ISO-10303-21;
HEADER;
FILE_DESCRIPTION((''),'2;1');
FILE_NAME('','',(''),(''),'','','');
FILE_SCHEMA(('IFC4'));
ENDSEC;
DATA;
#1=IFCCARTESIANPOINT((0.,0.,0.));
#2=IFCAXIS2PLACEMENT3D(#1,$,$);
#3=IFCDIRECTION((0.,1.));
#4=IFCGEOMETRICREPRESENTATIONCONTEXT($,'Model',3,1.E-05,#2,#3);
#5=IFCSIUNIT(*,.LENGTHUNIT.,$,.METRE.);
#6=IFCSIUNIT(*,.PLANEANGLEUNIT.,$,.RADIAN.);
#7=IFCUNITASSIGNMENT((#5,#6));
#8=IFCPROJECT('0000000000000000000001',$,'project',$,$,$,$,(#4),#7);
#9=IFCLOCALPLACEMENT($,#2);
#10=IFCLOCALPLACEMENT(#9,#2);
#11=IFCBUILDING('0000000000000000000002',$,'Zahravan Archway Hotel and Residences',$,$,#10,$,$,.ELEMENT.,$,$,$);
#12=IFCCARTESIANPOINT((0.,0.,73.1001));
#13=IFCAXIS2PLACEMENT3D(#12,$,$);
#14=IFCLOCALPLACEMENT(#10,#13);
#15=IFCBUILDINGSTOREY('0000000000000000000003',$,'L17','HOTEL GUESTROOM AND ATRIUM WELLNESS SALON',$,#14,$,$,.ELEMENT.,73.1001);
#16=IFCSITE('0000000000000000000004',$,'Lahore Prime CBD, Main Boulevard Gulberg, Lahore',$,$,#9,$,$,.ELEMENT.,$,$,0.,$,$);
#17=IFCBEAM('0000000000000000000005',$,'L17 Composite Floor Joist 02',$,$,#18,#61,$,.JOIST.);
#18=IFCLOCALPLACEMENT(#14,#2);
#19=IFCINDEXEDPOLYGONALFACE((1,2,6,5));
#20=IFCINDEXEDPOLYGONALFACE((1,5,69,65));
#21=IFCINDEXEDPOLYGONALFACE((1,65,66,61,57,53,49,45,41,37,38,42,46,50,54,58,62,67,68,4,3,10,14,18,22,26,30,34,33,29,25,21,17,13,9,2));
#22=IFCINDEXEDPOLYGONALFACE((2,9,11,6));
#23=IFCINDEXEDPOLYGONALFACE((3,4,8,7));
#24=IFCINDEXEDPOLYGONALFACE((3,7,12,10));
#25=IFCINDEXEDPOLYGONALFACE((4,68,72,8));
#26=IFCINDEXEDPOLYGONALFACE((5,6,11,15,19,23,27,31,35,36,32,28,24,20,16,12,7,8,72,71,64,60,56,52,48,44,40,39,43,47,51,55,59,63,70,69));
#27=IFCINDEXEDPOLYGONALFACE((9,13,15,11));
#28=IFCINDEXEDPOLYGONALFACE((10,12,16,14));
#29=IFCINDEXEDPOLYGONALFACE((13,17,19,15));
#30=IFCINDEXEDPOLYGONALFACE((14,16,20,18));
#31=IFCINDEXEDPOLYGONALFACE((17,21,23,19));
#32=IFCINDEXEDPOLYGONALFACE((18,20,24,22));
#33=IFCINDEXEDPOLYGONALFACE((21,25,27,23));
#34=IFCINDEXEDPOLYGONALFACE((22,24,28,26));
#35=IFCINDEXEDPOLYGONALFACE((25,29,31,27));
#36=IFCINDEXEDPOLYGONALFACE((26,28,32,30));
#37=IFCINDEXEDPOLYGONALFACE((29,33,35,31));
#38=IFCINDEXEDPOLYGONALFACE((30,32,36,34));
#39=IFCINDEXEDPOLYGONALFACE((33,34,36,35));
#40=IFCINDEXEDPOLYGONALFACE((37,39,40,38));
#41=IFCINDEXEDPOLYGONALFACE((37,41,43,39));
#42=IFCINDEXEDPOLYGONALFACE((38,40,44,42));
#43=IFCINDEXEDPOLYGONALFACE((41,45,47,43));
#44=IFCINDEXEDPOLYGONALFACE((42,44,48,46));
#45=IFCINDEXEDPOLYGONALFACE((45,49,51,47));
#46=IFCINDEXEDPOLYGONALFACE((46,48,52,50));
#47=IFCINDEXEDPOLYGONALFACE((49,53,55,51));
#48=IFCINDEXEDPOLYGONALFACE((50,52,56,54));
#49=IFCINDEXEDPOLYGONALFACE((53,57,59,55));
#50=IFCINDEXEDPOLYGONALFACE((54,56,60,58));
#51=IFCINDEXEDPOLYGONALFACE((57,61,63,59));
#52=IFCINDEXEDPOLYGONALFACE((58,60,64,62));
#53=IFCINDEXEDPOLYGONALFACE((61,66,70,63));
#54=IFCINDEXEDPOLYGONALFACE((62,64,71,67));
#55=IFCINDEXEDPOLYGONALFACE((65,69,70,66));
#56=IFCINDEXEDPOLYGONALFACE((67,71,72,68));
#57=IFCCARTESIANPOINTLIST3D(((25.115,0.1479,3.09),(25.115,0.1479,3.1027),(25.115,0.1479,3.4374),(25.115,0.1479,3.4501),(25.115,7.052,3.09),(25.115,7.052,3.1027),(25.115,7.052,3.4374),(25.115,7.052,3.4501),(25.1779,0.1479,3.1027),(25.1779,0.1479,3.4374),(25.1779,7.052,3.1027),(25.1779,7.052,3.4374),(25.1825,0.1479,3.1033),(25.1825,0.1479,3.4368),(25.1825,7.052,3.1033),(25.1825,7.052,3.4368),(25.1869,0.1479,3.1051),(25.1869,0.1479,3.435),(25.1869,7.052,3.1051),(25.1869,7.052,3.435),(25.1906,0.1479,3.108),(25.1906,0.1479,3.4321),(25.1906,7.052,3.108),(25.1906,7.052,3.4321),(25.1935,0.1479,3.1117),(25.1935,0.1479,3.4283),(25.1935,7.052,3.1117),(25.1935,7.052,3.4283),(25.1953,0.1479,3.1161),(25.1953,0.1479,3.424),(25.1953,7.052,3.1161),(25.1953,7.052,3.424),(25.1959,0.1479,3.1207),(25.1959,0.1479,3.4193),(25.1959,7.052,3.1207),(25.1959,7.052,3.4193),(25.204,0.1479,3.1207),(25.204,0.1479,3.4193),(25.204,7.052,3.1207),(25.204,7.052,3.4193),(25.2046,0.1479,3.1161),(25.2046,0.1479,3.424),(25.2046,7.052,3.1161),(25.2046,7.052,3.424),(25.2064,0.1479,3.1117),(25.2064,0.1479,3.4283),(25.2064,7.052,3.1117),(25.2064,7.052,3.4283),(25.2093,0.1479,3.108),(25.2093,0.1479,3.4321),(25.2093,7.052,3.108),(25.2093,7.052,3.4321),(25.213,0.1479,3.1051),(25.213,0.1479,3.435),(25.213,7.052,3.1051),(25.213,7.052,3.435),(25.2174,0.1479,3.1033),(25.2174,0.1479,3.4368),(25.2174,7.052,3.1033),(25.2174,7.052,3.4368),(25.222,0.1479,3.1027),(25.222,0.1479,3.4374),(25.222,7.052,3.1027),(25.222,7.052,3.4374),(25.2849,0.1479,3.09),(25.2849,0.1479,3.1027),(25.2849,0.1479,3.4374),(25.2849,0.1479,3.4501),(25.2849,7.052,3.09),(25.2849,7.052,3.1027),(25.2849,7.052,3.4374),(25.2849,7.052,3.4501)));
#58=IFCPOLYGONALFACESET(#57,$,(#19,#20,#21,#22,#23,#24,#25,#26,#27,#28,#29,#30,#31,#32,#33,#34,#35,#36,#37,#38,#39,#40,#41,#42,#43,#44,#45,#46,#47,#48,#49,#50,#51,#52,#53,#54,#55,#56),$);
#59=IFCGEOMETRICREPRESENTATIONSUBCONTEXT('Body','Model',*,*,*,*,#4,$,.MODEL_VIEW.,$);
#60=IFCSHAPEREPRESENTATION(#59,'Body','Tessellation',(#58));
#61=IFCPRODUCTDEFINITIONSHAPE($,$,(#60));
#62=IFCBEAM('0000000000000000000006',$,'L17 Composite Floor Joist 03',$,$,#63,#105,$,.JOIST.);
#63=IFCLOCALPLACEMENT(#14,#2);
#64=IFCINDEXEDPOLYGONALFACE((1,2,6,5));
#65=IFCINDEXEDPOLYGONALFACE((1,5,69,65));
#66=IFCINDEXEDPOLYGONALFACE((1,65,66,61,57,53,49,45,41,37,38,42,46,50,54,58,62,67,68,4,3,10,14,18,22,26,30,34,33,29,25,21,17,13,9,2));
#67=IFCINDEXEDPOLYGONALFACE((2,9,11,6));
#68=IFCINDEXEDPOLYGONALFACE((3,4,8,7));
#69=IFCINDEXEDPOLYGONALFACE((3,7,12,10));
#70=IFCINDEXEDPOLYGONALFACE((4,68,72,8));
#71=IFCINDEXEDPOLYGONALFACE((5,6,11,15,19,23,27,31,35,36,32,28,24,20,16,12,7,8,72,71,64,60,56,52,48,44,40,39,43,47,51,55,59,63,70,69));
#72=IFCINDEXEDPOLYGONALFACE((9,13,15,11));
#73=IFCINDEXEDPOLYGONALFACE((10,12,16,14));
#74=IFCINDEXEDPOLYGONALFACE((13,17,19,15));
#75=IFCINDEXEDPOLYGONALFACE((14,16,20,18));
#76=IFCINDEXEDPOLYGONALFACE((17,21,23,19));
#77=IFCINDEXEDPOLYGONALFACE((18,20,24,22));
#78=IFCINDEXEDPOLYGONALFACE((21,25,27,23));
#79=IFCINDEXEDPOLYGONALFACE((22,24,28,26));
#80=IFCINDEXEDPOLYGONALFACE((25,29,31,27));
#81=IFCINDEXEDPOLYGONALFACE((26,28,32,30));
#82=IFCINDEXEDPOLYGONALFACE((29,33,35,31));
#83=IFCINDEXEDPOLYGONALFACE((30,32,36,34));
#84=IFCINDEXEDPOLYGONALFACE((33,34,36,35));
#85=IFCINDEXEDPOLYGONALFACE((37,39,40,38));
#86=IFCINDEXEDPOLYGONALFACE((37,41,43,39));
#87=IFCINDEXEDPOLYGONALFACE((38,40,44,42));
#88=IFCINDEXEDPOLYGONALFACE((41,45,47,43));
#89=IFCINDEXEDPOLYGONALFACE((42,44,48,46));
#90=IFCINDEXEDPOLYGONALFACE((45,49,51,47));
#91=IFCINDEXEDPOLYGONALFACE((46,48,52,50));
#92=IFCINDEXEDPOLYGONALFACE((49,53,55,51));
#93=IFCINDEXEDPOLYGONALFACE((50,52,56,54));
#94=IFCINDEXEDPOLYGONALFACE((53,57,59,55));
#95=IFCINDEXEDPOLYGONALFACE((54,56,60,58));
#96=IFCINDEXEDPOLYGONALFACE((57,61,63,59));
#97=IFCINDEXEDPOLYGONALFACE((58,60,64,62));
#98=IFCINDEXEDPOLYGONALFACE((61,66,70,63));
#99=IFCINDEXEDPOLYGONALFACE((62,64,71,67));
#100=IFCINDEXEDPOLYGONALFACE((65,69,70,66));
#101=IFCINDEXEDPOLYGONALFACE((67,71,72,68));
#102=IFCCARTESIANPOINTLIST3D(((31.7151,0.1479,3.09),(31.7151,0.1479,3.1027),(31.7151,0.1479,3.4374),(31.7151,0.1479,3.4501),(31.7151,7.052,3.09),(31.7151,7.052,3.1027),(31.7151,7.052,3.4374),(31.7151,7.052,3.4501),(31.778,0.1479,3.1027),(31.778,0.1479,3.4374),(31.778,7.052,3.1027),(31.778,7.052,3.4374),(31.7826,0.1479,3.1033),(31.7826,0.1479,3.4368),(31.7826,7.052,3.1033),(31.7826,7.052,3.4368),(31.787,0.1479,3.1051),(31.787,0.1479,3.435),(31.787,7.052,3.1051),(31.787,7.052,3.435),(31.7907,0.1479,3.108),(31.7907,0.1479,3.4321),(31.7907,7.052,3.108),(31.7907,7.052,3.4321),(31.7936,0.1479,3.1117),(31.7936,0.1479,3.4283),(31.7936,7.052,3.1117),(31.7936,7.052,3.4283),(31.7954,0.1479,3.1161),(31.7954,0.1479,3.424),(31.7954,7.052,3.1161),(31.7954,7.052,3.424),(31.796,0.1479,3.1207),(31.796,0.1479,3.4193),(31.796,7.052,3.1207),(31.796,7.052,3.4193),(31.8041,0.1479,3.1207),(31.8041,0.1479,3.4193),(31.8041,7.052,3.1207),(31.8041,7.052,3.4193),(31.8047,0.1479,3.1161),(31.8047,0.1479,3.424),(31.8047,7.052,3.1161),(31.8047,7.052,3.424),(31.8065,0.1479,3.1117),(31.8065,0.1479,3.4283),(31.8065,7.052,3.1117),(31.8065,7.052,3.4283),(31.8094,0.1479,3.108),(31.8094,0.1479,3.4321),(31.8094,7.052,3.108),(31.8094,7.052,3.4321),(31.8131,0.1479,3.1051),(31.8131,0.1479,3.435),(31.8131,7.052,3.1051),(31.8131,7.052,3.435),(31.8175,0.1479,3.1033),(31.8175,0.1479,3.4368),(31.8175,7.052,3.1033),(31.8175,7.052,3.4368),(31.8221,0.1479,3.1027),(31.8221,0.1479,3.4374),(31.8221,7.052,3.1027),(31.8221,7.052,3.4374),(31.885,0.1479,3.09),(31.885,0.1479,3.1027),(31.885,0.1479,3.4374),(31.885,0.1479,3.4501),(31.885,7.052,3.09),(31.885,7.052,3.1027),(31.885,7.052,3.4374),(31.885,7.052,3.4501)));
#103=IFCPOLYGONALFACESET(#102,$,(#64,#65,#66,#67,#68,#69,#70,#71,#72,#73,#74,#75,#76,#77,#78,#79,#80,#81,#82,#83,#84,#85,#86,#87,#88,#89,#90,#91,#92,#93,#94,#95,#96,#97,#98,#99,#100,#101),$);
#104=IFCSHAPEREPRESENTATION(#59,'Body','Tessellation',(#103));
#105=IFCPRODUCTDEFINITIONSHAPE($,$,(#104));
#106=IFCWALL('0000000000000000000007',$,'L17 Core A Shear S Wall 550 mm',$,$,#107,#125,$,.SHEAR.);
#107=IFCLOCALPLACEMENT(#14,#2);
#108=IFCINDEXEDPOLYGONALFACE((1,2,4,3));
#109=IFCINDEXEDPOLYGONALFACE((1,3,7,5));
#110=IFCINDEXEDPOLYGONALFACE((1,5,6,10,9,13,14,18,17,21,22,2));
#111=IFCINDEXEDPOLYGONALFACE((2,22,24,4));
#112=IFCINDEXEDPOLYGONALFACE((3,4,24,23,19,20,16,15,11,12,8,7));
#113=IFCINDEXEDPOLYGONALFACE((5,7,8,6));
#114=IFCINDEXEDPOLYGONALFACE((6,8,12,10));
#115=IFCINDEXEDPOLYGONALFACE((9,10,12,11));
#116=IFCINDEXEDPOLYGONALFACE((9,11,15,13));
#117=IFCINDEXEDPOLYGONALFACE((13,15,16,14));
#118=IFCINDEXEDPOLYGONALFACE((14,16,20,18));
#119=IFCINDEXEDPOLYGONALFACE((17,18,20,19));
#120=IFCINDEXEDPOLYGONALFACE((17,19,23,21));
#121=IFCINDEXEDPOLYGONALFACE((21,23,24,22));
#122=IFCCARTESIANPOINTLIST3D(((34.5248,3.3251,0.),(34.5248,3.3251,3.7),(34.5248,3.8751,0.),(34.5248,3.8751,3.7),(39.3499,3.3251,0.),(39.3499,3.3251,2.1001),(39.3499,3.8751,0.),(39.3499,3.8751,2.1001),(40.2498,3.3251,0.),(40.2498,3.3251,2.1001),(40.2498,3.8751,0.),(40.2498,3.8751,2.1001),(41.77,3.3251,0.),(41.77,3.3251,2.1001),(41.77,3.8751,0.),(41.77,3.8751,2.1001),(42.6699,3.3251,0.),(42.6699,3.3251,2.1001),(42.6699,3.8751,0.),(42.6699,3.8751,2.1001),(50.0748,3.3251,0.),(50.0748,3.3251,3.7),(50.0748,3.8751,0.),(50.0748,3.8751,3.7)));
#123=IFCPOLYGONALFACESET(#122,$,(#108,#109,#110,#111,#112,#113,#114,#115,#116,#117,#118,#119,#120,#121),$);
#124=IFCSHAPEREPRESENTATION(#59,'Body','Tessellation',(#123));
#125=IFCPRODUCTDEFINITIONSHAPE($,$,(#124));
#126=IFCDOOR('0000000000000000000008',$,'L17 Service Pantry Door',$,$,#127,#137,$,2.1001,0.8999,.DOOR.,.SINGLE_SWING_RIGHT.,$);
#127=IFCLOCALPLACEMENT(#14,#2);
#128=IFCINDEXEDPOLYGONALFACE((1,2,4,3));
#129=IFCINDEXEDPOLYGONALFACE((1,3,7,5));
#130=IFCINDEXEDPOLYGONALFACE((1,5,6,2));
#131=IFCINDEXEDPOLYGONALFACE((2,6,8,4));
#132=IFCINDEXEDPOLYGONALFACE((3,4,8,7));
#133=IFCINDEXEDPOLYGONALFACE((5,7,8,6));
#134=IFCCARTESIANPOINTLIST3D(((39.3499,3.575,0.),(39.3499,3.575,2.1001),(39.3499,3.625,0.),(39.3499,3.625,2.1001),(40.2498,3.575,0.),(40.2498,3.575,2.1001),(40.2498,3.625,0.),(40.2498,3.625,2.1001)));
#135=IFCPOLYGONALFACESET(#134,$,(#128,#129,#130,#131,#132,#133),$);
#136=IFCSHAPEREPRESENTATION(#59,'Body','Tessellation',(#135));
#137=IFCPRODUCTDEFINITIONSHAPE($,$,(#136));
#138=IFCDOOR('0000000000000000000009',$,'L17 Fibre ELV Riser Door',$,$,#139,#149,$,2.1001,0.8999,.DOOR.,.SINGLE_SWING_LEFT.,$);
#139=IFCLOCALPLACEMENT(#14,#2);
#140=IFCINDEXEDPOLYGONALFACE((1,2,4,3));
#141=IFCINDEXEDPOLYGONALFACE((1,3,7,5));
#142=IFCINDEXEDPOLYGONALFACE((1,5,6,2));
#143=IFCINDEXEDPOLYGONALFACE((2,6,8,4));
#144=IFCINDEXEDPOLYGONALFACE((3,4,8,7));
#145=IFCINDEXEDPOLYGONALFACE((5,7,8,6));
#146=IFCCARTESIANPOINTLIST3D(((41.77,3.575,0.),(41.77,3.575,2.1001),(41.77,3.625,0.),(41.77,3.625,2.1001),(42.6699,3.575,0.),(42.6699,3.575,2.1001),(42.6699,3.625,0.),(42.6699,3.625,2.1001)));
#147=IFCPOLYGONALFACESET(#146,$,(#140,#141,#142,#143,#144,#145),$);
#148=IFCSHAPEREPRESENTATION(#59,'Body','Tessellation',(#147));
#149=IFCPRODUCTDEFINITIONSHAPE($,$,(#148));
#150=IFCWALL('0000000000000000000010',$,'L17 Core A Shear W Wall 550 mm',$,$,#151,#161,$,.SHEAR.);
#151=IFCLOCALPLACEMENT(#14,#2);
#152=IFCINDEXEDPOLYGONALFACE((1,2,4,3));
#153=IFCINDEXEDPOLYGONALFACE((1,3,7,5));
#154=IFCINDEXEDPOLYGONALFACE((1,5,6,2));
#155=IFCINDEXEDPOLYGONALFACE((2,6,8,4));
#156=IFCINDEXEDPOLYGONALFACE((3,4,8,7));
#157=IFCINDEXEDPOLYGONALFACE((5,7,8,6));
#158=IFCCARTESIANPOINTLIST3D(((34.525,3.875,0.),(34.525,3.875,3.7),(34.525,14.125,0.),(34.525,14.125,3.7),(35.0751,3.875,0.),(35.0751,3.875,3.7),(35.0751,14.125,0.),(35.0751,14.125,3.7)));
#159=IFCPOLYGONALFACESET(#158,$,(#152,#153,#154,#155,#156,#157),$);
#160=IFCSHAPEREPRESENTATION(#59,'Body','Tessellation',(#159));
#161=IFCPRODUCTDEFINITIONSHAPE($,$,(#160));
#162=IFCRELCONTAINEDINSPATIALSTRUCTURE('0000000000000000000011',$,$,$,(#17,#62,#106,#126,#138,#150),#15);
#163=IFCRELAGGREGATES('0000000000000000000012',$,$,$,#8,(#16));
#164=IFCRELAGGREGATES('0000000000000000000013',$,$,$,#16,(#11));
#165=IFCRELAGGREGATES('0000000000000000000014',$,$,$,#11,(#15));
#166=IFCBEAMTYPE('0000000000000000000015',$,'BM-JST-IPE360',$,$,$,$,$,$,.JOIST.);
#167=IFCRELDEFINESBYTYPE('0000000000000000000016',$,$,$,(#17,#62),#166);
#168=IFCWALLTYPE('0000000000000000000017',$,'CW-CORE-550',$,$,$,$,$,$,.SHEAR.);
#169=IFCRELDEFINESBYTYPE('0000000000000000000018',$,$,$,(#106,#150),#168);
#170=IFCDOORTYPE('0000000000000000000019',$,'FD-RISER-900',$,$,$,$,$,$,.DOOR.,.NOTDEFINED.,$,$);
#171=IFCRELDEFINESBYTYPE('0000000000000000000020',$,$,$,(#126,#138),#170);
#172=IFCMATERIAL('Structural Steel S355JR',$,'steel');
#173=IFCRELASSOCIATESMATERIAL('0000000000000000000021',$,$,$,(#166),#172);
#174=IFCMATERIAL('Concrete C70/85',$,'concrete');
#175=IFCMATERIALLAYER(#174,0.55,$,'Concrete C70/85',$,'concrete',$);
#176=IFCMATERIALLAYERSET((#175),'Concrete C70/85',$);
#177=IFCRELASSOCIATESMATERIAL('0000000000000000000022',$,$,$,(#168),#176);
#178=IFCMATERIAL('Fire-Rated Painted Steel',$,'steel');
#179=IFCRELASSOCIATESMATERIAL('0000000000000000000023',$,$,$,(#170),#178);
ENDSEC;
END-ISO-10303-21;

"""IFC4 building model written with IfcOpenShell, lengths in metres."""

from ifc_helpers import new_model, si_unit, direction, frame, frame_2d, origin, origin_2d, place, context, subcontext, project, spatial, rectangle, i_section, extrude, source, transform, mapped, material, layer, layer_set, material_profile, profile_set, type_object, type_shapes, element, fill, save


model = new_model("IFC4")

# Units and contexts
model_context = context("Model", 3, precision=1e-05, world=origin(), true_north=direction((0.0, 1.0)))
body_context = subcontext(model_context, "Body", "Model", "MODEL_VIEW")
ifc_project = project(units=[si_unit("LENGTHUNIT", "METRE"), si_unit("PLANEANGLEUNIT", "RADIAN")], contexts=[model_context])

# Site, building, storey
site_placement = place(None, origin())
site = spatial("IfcSite", under=ifc_project, at=site_placement, Name="Lahore Prime CBD, Main Boulevard Gulberg, Lahore", CompositionType="ELEMENT", RefElevation=0.0)
building_placement = place(site_placement, origin())
building = spatial("IfcBuilding", under=site, at=building_placement, Name="Zahravan Archway Hotel and Residences", CompositionType="ELEMENT")
storey_placement = place(building_placement, frame((0.0, 0.0, 73.1001)))
storey = spatial("IfcBuildingStorey", under=building, at=storey_placement, Name="L17", Description="HOTEL GUESTROOM AND ATRIUM WELLNESS SALON", CompositionType="ELEMENT", Elevation=73.1001)

# Shared definitions
ifc_material_1 = material(Name="Concrete C70/85", Category="concrete")

# Beams
ifc_material_2 = material(Name="Structural Steel S355JR", Category="steel")
ifc_material_profile_1 = material_profile(ifc_material_2, i_section(OverallWidth=0.1699, OverallDepth=0.3601, WebThickness=0.0081, FlangeThickness=0.0127, FilletRadius=0.0181, at=origin_2d()), Name="IPE 360", Category="steel")
ifc_profile_set_1 = profile_set([ifc_material_profile_1], Name="Structural Steel S355JR")
beam_type_1 = type_object("IfcBeamType", Name="BM-JST-IPE360", PredefinedType="JOIST", material=ifc_profile_set_1)
shared_shape_1 = source(origin(), body_context, "Body", "SweptSolid", [
    extrude(i_section(OverallWidth=0.1699, OverallDepth=0.3601, WebThickness=0.0081, FlangeThickness=0.0127, FilletRadius=0.0181, at=origin_2d()), origin(), (0.0, 0.0, 1.0), 6.9041),
])
type_shapes(beam_type_1, [shared_shape_1])
for number, where, z_axis, x_axis, name in (
    (1, (25.2, 0.1479, 3.27), (0.0, 1.0, 0.0), (-1.0, 0.0, 0.0), "L17 Composite Floor Joist 02"),
    (2, (31.8, 0.1479, 3.27), (0.0, 1.0, 0.0), (-1.0, 0.0, 0.0), "L17 Composite Floor Joist 03"),
):
    element("IfcBeam", number, at=place(storey_placement, frame(where, z_axis=z_axis, x_axis=x_axis)), inside=storey, type_object=beam_type_1, Name=name, PredefinedType="JOIST", context=body_context, shape_type="MappedRepresentation", body=[
        mapped(shared_shape_1, transform((0.0, 0.0, 0.0), scale=1.0)),
    ])

# Wall, openings, doors
ifc_layer_1 = layer(ifc_material_1, 0.55, Name="Concrete C70/85", Category="concrete")
ifc_layer_set_1 = layer_set([ifc_layer_1], Name="Concrete C70/85")
wall_type_1 = type_object("IfcWallType", Name="CW-CORE-550", PredefinedType="SHEAR", material=ifc_layer_set_1)
wall_1_placement = place(storey_placement, frame((34.5249, 3.6001, 0.0), z_axis=(0.0, 0.0, 1.0), x_axis=(1.0, 0.0, 0.0)))
wall_1 = element("IfcWall", 3, at=wall_1_placement, inside=storey, type_object=wall_type_1, Name="L17 Core A Shear S Wall 550 mm", PredefinedType="SHEAR", context=body_context, shape_type="SweptSolid", body=[
    extrude(rectangle(XDim=15.55, YDim=0.55, at=frame_2d((7.7749, 0.0))), origin(), (0.0, 0.0, 1.0), 3.7),
])
opening_1_placement = place(wall_1_placement, frame((4.825, 0.0, 0.0)))
opening_1 = element("IfcOpeningElement", 4, at=opening_1_placement, cuts=wall_1, PredefinedType="OPENING", context=body_context, shape_type="SweptSolid", body=[
    extrude(rectangle(XDim=0.8999, YDim=2.1001, at=frame_2d((0.45, 1.05))), frame((0.0, 0.2852, 0.0), z_axis=(0.0, -1.0, 0.0), x_axis=(1.0, 0.0, 0.0)), (0.0, 0.0, 1.0), 0.5701),
])
opening_2_placement = place(wall_1_placement, frame((7.2451, 0.0, 0.0)))
opening_2 = element("IfcOpeningElement", 5, at=opening_2_placement, cuts=wall_1, PredefinedType="OPENING", context=body_context, shape_type="SweptSolid", body=[
    extrude(rectangle(XDim=0.8999, YDim=2.1001, at=frame_2d((0.45, 1.05))), frame((0.0, 0.2852, 0.0), z_axis=(0.0, -1.0, 0.0), x_axis=(1.0, 0.0, 0.0)), (0.0, 0.0, 1.0), 0.5701),
])
ifc_material_3 = material(Name="Fire-Rated Painted Steel", Category="steel")
door_type_1 = type_object("IfcDoorType", Name="FD-RISER-900", OperationType="NOTDEFINED", PredefinedType="DOOR", material=ifc_material_3)
shared_shape_2 = source(origin(), body_context, "Body", "SweptSolid", [
    extrude(rectangle(XDim=0.8999, YDim=2.1001, at=frame_2d((0.45, 1.05))), frame((0.0, 0.0249, 0.0), z_axis=(0.0, -1.0, 0.0), x_axis=(1.0, 0.0, 0.0)), (0.0, 0.0, 1.0), 0.05),
])
type_shapes(door_type_1, [shared_shape_2])
door_1_placement = place(opening_1_placement, origin())
door_1 = element("IfcDoor", 6, at=door_1_placement, inside=storey, type_object=door_type_1, Name="L17 Service Pantry Door", OperationType="SINGLE_SWING_RIGHT", OverallHeight=2.1001, OverallWidth=0.8999, PredefinedType="DOOR", context=body_context, shape_type="MappedRepresentation", body=[
    mapped(shared_shape_2, transform((0.0, 0.0, 0.0), scale=1.0)),
])
fill(opening_1, door_1)
door_2_placement = place(opening_2_placement, origin())
door_2 = element("IfcDoor", 7, at=door_2_placement, inside=storey, type_object=door_type_1, Name="L17 Fibre ELV Riser Door", OperationType="SINGLE_SWING_LEFT", OverallHeight=2.1001, OverallWidth=0.8999, PredefinedType="DOOR", context=body_context, shape_type="MappedRepresentation", body=[
    mapped(shared_shape_2, transform((0.0, 0.0, 0.0), scale=1.0)),
])
fill(opening_2, door_2)

# Wall
wall_2_placement = place(storey_placement, frame((34.8, 3.875, 0.0), z_axis=(0.0, 0.0, 1.0), x_axis=(0.0, 1.0, 0.0)))
element("IfcWall", 8, at=wall_2_placement, inside=storey, type_object=wall_type_1, Name="L17 Core A Shear W Wall 550 mm", PredefinedType="SHEAR", context=body_context, shape_type="SweptSolid", body=[
    extrude(rectangle(XDim=10.25, YDim=0.55, at=frame_2d((5.125, 0.0))), origin(), (0.0, 0.0, 1.0), 3.7),
])

save(model, "model.ifc")
